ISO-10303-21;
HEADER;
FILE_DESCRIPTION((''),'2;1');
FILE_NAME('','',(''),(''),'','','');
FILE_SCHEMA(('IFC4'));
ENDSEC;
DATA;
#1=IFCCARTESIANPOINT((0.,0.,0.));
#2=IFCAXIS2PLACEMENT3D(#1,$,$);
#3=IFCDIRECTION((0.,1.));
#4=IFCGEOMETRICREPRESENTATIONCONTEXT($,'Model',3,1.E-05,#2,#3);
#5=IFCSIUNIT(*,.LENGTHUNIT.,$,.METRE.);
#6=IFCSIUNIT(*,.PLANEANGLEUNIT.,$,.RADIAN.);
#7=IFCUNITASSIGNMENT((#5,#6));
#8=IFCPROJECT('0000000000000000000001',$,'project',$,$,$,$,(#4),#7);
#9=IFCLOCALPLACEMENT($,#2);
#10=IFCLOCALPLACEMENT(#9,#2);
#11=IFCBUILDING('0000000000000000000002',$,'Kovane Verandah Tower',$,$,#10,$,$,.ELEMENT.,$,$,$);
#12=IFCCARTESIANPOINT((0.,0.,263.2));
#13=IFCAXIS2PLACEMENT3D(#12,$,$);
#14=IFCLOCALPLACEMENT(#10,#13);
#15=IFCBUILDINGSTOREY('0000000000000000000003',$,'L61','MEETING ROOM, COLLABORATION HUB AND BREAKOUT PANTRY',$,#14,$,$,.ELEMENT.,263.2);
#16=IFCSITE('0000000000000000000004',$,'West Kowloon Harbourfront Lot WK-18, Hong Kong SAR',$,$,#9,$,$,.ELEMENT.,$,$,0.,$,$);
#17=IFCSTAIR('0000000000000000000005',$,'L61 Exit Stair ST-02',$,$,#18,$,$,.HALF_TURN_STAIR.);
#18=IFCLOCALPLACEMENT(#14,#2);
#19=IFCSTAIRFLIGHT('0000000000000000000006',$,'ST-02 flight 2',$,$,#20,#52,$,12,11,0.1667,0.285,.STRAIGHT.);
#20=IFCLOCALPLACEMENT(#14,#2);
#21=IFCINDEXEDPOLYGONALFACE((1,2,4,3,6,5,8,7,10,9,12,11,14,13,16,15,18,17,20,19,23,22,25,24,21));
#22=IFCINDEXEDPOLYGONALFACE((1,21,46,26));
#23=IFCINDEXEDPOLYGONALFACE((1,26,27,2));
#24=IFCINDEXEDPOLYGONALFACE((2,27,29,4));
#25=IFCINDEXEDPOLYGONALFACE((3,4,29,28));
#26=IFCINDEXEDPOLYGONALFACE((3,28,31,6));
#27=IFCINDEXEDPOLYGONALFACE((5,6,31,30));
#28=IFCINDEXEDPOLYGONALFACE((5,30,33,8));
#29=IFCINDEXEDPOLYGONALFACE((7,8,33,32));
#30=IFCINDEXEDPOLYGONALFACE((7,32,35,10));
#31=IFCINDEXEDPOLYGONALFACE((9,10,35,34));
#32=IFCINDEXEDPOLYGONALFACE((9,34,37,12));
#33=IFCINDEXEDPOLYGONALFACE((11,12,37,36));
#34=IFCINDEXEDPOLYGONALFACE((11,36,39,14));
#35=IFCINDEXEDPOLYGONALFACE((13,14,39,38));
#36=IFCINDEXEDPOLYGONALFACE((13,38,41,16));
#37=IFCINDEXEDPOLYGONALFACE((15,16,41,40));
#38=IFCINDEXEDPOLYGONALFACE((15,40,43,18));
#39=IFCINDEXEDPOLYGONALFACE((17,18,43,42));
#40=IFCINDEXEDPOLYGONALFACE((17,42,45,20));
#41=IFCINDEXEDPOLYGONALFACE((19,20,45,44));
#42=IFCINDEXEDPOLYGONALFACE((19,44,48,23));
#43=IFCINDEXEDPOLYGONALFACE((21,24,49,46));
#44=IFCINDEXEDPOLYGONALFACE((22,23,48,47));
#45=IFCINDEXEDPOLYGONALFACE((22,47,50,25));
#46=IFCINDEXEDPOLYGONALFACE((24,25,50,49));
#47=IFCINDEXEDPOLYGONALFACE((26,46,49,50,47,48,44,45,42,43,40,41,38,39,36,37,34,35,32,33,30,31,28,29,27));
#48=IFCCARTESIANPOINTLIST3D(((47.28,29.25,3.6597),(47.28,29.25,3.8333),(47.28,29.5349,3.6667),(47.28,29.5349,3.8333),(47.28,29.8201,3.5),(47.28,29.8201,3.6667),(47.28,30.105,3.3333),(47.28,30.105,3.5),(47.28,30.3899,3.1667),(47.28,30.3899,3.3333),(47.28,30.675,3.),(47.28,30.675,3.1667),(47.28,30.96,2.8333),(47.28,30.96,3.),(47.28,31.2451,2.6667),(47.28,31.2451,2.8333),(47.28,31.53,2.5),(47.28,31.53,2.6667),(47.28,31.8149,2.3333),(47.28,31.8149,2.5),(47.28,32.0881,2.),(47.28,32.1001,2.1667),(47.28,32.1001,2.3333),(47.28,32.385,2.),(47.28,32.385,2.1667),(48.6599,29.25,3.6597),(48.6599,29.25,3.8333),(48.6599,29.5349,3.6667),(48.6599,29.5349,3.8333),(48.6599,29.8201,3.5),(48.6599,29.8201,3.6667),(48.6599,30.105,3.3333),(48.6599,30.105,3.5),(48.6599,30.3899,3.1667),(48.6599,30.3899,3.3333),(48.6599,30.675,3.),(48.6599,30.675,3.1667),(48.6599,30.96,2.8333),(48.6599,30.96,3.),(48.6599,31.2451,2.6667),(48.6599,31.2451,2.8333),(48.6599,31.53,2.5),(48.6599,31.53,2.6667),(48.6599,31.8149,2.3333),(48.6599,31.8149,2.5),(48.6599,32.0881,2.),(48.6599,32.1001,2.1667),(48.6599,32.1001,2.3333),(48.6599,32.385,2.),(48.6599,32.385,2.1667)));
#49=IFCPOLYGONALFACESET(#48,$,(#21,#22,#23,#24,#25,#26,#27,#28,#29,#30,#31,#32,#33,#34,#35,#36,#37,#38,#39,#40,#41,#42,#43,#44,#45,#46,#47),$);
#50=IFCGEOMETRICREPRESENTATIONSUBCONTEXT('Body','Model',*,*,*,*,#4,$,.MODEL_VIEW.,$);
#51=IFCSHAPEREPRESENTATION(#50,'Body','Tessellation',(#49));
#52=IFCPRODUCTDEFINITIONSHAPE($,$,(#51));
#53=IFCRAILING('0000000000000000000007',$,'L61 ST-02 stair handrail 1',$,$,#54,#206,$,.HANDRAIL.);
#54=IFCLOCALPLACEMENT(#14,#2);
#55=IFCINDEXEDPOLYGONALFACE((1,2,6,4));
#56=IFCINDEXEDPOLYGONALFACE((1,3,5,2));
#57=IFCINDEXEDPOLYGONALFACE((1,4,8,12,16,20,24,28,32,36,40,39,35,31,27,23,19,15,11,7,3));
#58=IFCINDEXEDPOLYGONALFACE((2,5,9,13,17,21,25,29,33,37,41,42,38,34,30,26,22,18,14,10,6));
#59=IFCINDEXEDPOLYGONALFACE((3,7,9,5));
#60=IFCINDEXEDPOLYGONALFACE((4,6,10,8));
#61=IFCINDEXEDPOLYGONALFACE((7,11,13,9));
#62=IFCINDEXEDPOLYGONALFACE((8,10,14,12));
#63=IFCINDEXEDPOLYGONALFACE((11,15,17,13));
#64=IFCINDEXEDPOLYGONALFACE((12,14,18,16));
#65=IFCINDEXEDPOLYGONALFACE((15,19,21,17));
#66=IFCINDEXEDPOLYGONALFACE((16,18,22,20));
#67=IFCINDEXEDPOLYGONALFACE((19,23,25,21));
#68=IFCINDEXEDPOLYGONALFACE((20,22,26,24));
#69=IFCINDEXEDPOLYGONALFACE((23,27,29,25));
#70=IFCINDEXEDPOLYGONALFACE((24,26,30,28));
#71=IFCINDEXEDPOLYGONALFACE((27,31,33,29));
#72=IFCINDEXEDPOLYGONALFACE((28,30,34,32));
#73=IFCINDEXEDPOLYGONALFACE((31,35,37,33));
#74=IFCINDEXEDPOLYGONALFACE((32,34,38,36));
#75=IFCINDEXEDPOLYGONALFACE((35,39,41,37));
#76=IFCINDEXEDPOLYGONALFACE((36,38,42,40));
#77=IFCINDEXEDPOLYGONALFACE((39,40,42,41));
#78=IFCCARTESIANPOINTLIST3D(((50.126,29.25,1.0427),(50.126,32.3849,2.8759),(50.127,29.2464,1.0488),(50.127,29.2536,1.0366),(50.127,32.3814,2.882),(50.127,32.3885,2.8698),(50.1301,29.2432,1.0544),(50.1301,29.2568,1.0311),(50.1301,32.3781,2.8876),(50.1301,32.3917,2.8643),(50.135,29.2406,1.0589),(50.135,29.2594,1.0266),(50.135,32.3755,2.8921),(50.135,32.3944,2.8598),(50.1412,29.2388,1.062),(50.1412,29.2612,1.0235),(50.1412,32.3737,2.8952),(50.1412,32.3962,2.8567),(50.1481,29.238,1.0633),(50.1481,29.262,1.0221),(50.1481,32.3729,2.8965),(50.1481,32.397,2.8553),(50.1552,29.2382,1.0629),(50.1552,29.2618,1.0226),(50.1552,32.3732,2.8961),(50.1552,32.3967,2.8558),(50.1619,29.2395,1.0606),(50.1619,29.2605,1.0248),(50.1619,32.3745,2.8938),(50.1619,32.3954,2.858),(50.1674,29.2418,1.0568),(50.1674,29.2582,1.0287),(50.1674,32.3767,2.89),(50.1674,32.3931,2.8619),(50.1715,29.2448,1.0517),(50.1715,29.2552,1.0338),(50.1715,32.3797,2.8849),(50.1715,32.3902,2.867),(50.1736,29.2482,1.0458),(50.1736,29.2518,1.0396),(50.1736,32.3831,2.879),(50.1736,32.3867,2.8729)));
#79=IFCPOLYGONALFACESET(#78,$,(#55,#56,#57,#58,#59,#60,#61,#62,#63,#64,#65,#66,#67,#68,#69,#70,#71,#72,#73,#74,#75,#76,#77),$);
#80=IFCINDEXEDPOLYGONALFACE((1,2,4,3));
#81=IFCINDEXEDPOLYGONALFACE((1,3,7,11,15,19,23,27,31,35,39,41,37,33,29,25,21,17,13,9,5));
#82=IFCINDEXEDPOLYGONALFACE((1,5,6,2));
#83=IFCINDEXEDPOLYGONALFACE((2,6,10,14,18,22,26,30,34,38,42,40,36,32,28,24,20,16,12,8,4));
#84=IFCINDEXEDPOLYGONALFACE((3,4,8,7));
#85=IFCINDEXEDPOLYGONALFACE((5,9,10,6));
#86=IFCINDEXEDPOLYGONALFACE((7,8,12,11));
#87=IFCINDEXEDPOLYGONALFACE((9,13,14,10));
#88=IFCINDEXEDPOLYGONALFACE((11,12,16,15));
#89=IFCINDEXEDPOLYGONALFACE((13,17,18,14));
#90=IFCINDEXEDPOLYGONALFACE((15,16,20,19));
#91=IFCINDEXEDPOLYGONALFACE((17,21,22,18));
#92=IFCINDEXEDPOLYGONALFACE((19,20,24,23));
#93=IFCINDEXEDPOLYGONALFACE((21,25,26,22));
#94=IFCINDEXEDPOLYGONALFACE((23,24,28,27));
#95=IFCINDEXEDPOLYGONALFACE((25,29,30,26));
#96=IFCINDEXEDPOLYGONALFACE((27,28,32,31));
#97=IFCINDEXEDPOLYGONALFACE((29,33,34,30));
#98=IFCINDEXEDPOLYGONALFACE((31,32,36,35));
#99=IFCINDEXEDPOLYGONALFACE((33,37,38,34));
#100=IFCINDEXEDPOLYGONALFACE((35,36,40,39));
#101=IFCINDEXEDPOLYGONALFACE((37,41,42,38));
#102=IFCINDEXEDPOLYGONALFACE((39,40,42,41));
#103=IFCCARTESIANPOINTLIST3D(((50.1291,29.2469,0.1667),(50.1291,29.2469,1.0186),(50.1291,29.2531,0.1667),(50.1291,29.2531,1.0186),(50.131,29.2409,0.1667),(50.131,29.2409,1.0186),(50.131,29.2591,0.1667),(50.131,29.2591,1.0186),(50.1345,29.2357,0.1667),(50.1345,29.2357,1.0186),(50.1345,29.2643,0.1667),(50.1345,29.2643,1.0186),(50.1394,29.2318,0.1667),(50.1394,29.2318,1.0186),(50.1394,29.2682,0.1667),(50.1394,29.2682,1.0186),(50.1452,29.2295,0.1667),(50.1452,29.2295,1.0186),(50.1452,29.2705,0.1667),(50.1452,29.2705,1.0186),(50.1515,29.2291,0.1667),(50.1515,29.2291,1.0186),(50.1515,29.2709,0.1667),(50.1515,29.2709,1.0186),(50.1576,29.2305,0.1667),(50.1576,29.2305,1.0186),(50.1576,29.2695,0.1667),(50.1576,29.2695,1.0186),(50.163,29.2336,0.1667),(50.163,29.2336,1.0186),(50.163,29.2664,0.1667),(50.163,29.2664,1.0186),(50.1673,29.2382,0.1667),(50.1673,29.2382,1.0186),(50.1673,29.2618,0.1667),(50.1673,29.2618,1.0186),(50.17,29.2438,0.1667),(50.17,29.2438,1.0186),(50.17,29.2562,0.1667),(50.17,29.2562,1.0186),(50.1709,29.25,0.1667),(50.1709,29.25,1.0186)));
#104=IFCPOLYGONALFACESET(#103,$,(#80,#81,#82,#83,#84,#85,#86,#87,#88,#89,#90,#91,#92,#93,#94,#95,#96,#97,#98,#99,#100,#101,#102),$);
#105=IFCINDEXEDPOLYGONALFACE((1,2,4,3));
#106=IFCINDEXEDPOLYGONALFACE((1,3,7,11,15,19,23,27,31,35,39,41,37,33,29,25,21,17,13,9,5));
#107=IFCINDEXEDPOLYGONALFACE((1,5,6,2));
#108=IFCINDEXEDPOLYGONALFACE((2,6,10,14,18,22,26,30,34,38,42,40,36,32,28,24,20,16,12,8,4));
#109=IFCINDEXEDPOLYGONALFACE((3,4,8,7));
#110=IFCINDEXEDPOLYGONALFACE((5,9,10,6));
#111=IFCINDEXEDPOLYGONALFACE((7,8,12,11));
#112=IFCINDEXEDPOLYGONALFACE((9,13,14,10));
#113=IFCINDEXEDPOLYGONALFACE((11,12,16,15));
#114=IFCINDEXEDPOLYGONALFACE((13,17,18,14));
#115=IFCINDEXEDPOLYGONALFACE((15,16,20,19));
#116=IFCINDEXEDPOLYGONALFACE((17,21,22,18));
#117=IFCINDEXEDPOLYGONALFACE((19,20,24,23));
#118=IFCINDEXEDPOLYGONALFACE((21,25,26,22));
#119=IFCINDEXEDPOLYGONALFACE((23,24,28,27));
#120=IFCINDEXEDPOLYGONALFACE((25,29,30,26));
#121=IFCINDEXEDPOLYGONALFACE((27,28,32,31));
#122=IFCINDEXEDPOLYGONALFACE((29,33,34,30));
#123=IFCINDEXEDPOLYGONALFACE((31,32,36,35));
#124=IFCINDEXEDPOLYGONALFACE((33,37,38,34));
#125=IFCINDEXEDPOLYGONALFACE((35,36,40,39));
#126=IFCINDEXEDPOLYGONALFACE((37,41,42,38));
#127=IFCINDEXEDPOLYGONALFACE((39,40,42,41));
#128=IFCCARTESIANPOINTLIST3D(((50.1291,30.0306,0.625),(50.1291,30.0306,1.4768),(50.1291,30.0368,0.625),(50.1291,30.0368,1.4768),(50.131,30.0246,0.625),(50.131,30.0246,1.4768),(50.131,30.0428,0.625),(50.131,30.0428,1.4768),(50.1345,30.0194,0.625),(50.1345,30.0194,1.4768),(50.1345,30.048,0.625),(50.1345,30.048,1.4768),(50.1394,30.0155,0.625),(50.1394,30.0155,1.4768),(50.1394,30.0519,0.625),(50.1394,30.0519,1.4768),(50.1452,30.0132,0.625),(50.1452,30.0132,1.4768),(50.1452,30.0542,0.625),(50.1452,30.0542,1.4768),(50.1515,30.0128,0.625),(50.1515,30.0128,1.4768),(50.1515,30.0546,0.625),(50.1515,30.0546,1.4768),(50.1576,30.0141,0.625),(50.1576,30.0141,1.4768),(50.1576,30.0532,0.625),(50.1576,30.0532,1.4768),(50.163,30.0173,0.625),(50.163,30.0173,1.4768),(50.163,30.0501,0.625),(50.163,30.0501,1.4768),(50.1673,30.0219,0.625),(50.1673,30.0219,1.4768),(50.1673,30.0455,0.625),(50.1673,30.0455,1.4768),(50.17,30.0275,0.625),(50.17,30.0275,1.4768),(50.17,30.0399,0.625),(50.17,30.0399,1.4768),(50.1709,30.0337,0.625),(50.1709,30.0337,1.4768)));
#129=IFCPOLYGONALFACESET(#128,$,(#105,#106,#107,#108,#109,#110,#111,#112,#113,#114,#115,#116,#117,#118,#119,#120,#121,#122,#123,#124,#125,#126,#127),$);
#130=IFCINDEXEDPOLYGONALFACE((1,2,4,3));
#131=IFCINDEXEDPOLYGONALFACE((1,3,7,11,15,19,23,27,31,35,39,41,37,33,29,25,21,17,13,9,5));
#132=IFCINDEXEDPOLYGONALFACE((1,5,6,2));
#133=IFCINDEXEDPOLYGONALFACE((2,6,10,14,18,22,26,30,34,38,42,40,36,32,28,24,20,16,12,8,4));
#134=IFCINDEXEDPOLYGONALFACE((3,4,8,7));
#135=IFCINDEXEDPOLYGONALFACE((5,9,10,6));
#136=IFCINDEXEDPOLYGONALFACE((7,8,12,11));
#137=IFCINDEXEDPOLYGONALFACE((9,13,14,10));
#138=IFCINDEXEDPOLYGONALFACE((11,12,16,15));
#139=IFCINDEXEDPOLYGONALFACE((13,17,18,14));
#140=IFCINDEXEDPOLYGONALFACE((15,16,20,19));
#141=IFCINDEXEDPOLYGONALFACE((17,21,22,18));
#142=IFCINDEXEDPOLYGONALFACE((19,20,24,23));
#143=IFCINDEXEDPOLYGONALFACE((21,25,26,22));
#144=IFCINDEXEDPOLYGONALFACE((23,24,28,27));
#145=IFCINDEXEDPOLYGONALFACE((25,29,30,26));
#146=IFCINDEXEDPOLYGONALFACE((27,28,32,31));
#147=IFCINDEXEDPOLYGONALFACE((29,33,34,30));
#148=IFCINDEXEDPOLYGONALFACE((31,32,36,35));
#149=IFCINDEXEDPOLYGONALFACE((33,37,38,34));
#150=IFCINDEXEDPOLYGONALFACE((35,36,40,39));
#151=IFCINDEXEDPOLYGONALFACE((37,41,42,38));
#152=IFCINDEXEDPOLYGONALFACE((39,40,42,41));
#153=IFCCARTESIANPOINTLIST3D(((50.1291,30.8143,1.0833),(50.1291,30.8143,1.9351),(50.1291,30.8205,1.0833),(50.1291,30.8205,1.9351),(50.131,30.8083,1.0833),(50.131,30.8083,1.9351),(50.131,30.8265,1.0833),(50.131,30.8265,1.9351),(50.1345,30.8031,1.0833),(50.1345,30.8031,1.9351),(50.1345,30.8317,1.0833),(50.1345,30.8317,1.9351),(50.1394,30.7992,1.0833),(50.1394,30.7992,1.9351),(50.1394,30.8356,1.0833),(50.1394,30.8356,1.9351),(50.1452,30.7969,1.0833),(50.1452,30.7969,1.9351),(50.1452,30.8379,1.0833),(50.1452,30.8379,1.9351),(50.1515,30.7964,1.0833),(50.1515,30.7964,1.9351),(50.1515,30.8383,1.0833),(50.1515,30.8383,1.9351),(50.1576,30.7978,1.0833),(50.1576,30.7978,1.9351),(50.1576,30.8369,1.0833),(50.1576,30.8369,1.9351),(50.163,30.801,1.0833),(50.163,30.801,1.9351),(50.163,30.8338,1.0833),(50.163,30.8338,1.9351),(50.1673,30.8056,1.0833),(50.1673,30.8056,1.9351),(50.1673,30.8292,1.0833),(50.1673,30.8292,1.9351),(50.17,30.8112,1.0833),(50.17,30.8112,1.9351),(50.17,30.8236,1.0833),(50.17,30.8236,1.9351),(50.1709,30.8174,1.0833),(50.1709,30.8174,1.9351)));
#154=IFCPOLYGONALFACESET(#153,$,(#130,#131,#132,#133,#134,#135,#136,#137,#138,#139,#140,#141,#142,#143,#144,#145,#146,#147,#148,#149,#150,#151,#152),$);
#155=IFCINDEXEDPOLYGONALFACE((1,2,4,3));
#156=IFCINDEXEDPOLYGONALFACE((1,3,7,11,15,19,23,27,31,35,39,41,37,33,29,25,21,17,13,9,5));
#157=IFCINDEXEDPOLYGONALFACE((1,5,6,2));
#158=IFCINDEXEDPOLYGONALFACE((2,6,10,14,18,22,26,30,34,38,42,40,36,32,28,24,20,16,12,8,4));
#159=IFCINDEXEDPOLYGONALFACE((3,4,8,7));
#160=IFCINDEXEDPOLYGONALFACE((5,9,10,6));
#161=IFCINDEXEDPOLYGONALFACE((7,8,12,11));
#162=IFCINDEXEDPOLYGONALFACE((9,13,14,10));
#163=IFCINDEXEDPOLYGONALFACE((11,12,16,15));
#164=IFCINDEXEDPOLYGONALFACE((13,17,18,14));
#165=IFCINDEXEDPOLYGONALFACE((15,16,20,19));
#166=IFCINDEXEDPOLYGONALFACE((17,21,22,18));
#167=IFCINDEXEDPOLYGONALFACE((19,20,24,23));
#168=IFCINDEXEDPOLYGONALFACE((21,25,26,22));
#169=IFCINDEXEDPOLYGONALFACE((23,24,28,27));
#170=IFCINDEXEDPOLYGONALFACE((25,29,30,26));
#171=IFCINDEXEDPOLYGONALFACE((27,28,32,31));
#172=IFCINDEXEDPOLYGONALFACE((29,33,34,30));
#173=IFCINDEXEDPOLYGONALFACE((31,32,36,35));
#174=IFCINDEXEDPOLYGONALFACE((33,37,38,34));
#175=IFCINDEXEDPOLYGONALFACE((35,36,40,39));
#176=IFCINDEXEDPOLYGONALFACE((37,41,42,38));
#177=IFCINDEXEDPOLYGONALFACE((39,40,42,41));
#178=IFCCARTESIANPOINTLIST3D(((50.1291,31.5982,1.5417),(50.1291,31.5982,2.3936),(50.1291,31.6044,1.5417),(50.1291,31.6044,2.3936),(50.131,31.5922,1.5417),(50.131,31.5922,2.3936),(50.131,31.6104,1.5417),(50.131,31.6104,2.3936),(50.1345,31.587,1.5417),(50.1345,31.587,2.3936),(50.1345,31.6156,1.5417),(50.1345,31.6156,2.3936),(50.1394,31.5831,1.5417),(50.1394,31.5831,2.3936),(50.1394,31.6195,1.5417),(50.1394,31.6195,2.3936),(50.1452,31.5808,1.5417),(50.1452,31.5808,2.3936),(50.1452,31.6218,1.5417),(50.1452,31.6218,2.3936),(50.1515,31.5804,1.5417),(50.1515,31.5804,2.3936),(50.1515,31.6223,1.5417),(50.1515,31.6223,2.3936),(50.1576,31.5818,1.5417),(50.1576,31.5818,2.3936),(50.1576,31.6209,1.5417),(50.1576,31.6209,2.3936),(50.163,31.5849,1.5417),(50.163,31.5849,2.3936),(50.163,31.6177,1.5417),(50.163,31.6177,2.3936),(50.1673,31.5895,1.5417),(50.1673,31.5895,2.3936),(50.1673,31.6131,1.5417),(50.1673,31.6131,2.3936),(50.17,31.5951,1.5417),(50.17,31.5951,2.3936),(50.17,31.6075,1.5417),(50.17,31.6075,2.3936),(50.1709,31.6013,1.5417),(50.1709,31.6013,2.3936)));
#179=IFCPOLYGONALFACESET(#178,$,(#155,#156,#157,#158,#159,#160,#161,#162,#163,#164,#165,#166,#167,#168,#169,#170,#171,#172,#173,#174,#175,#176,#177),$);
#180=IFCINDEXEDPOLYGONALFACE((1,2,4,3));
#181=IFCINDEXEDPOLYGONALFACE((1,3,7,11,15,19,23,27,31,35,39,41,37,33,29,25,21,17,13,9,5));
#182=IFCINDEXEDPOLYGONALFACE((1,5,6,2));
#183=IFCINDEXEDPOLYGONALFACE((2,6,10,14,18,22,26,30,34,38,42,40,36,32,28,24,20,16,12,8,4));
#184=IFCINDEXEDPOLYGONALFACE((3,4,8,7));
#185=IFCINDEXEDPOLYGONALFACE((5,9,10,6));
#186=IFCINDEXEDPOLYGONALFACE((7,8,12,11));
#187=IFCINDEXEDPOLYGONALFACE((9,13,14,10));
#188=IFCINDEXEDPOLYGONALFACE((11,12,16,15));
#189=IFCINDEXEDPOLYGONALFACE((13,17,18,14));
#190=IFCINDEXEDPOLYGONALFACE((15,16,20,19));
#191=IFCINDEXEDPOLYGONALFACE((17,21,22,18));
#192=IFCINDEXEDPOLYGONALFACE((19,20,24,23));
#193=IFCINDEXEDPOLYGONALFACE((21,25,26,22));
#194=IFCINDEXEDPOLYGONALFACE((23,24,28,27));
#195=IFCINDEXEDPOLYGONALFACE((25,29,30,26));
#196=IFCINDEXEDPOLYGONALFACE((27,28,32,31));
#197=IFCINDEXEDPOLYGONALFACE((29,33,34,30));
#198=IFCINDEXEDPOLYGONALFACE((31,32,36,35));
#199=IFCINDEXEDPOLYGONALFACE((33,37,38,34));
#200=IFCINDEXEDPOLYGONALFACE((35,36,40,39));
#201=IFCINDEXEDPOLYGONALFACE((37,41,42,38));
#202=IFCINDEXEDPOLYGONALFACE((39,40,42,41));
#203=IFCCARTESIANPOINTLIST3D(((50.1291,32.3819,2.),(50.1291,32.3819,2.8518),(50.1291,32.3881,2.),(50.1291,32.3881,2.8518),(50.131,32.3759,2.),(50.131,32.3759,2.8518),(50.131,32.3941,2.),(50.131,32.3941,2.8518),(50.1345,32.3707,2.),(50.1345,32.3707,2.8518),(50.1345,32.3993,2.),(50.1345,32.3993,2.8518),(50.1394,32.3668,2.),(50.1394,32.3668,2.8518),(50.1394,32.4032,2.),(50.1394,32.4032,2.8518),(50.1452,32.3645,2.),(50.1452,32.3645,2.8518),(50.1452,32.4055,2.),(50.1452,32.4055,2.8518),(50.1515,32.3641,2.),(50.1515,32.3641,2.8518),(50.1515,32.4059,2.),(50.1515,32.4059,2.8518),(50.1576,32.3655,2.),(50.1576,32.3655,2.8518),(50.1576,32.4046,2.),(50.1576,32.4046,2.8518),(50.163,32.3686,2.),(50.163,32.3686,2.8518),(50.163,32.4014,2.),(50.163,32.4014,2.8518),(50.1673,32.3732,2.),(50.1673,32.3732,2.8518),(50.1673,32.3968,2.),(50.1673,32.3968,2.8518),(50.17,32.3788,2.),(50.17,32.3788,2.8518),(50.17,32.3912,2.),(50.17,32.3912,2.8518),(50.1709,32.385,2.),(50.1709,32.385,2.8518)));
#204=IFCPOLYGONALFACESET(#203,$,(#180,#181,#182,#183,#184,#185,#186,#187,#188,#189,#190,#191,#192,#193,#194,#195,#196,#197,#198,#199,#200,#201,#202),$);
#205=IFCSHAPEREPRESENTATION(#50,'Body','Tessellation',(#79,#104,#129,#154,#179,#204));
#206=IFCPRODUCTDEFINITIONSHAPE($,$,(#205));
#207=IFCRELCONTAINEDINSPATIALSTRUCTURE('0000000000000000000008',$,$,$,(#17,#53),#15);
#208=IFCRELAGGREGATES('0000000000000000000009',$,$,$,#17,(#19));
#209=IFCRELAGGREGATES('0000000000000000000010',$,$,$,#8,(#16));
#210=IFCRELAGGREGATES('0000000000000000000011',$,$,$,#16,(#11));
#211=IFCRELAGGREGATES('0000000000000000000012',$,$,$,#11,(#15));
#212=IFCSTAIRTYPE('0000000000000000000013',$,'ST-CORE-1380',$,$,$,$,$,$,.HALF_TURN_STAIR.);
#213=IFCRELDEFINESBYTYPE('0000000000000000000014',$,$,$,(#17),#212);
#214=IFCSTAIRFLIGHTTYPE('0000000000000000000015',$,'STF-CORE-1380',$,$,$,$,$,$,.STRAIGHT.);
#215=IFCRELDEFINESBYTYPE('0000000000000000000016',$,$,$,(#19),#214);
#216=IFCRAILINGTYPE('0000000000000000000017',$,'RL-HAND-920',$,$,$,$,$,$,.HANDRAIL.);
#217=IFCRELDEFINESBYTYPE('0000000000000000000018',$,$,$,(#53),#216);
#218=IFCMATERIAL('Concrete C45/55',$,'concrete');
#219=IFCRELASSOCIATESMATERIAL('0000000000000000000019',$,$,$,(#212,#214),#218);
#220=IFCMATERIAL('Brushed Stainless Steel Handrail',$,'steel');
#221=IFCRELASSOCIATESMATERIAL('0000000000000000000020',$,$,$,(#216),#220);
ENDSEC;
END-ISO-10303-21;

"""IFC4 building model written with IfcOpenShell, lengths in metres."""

from ifc_helpers import new_model, si_unit, direction, frame, origin, origin_2d, place, context, subcontext, project, spatial, polyline, circle, outline, extrude, material, type_object, element, aggregate, save


model = new_model("IFC4")

# Units and contexts
model_context = context("Model", 3, precision=1e-05, world=origin(), true_north=direction((0.0, 1.0)))
body_context = subcontext(model_context, "Body", "Model", "MODEL_VIEW")
ifc_project = project(units=[si_unit("LENGTHUNIT", "METRE"), si_unit("PLANEANGLEUNIT", "RADIAN")], contexts=[model_context])

# Site, building, storey
site_placement = place(None, origin())
site = spatial("IfcSite", under=ifc_project, at=site_placement, Name="West Kowloon Harbourfront Lot WK-18, Hong Kong SAR", CompositionType="ELEMENT", RefElevation=0.0)
building_placement = place(site_placement, origin())
building = spatial("IfcBuilding", under=site, at=building_placement, Name="Kovane Verandah Tower", CompositionType="ELEMENT")
storey_placement = place(building_placement, frame((0.0, 0.0, 263.2)))
storey = spatial("IfcBuildingStorey", under=building, at=storey_placement, Name="L61", Description="MEETING ROOM, COLLABORATION HUB AND BREAKOUT PANTRY", CompositionType="ELEMENT", Elevation=263.2)

# Shared definitions
ifc_material_1 = material(Name="Concrete C45/55", Category="concrete")

# Stair, stair flight
stair_type = type_object("IfcStairType", Name="ST-CORE-1380", PredefinedType="HALF_TURN_STAIR", material=ifc_material_1)
stair_placement = place(storey_placement, origin())
stair = element("IfcStair", 1, at=stair_placement, inside=storey, type_object=stair_type, Name="L61 Exit Stair ST-02", PredefinedType="HALF_TURN_STAIR")
stair_flight_type = type_object("IfcStairFlightType", Name="STF-CORE-1380", PredefinedType="STRAIGHT", material=ifc_material_1)
stair_flight_1_placement = place(storey_placement, frame((47.97, 32.385, 2.0), z_axis=(0.0, 0.0, 1.0), x_axis=(0.0, -1.0, 0.0)))
stair_flight_1 = element("IfcStairFlight", 2, at=stair_flight_1_placement, type_object=stair_flight_type, Name="ST-02 flight 2", NumberOfRisers=12, NumberOfTreads=11, PredefinedType="STRAIGHT", RiserHeight=0.1667, TreadLength=0.285, context=body_context, shape_type="SweptSolid", body=[
    extrude(outline(polyline([(0.0, 0.0), (0.0, 0.1667), (0.2849, 0.1667), (0.2849, 0.3333), (0.5701, 0.3333), (0.5701, 0.5), (0.855, 0.5), (0.855, 0.6667), (1.1399, 0.6667), (1.1399, 0.8333), (1.425, 0.8333), (1.425, 1.0), (1.71, 1.0), (1.71, 1.1667), (1.9951, 1.1667), (1.9951, 1.3333), (2.28, 1.3333), (2.28, 1.5), (2.5649, 1.5), (2.5649, 1.6667), (2.8501, 1.6667), (2.8501, 1.8333), (3.135, 1.8333), (3.135, 2.0), (3.135, 1.6597), (0.2969, 0.0), (0.0, 0.0)])), frame((0.0, 0.6899, 0.0), z_axis=(0.0, -1.0, 0.0), x_axis=(1.0, 0.0, 0.0)), (0.0, 0.0, 1.0), 1.3799),
])
aggregate(stair, [stair_flight_1])

# Railing
ifc_material_2 = material(Name="Brushed Stainless Steel Handrail", Category="steel")
railing_type_1 = type_object("IfcRailingType", Name="RL-HAND-920", PredefinedType="HANDRAIL", material=ifc_material_2)
railing_1_placement = place(storey_placement, frame((50.1499, 29.25, 0.1667)))
element("IfcRailing", 3, at=railing_1_placement, inside=storey, type_object=railing_type_1, Name="L61 ST-02 stair handrail 1", PredefinedType="HANDRAIL", context=body_context, shape_type="SweptSolid", body=[
    extrude(circle(Radius=0.0239, at=origin_2d()), frame((0.0, 0.0, 0.876), z_axis=(0.0, 0.86324, 0.504794), x_axis=(-1.0, 0.0, 0.0)), (0.0, 0.0, 1.0), 3.6316),
    extrude(circle(Radius=0.021, at=origin_2d()), origin(), (0.0, 0.0, 1.0), 0.8518),
    extrude(circle(Radius=0.021, at=origin_2d()), frame((0.0, 0.7837, 0.4583)), (0.0, 0.0, 1.0), 0.8518),
    extrude(circle(Radius=0.021, at=origin_2d()), frame((0.0, 1.5674, 0.9165)), (0.0, 0.0, 1.0), 0.8518),
    extrude(circle(Radius=0.021, at=origin_2d()), frame((0.0, 2.3513, 1.375)), (0.0, 0.0, 1.0), 0.8518),
    extrude(circle(Radius=0.021, at=origin_2d()), frame((0.0, 3.135, 1.8333)), (0.0, 0.0, 1.0), 0.8518),
])

save(model, "model.ifc")
